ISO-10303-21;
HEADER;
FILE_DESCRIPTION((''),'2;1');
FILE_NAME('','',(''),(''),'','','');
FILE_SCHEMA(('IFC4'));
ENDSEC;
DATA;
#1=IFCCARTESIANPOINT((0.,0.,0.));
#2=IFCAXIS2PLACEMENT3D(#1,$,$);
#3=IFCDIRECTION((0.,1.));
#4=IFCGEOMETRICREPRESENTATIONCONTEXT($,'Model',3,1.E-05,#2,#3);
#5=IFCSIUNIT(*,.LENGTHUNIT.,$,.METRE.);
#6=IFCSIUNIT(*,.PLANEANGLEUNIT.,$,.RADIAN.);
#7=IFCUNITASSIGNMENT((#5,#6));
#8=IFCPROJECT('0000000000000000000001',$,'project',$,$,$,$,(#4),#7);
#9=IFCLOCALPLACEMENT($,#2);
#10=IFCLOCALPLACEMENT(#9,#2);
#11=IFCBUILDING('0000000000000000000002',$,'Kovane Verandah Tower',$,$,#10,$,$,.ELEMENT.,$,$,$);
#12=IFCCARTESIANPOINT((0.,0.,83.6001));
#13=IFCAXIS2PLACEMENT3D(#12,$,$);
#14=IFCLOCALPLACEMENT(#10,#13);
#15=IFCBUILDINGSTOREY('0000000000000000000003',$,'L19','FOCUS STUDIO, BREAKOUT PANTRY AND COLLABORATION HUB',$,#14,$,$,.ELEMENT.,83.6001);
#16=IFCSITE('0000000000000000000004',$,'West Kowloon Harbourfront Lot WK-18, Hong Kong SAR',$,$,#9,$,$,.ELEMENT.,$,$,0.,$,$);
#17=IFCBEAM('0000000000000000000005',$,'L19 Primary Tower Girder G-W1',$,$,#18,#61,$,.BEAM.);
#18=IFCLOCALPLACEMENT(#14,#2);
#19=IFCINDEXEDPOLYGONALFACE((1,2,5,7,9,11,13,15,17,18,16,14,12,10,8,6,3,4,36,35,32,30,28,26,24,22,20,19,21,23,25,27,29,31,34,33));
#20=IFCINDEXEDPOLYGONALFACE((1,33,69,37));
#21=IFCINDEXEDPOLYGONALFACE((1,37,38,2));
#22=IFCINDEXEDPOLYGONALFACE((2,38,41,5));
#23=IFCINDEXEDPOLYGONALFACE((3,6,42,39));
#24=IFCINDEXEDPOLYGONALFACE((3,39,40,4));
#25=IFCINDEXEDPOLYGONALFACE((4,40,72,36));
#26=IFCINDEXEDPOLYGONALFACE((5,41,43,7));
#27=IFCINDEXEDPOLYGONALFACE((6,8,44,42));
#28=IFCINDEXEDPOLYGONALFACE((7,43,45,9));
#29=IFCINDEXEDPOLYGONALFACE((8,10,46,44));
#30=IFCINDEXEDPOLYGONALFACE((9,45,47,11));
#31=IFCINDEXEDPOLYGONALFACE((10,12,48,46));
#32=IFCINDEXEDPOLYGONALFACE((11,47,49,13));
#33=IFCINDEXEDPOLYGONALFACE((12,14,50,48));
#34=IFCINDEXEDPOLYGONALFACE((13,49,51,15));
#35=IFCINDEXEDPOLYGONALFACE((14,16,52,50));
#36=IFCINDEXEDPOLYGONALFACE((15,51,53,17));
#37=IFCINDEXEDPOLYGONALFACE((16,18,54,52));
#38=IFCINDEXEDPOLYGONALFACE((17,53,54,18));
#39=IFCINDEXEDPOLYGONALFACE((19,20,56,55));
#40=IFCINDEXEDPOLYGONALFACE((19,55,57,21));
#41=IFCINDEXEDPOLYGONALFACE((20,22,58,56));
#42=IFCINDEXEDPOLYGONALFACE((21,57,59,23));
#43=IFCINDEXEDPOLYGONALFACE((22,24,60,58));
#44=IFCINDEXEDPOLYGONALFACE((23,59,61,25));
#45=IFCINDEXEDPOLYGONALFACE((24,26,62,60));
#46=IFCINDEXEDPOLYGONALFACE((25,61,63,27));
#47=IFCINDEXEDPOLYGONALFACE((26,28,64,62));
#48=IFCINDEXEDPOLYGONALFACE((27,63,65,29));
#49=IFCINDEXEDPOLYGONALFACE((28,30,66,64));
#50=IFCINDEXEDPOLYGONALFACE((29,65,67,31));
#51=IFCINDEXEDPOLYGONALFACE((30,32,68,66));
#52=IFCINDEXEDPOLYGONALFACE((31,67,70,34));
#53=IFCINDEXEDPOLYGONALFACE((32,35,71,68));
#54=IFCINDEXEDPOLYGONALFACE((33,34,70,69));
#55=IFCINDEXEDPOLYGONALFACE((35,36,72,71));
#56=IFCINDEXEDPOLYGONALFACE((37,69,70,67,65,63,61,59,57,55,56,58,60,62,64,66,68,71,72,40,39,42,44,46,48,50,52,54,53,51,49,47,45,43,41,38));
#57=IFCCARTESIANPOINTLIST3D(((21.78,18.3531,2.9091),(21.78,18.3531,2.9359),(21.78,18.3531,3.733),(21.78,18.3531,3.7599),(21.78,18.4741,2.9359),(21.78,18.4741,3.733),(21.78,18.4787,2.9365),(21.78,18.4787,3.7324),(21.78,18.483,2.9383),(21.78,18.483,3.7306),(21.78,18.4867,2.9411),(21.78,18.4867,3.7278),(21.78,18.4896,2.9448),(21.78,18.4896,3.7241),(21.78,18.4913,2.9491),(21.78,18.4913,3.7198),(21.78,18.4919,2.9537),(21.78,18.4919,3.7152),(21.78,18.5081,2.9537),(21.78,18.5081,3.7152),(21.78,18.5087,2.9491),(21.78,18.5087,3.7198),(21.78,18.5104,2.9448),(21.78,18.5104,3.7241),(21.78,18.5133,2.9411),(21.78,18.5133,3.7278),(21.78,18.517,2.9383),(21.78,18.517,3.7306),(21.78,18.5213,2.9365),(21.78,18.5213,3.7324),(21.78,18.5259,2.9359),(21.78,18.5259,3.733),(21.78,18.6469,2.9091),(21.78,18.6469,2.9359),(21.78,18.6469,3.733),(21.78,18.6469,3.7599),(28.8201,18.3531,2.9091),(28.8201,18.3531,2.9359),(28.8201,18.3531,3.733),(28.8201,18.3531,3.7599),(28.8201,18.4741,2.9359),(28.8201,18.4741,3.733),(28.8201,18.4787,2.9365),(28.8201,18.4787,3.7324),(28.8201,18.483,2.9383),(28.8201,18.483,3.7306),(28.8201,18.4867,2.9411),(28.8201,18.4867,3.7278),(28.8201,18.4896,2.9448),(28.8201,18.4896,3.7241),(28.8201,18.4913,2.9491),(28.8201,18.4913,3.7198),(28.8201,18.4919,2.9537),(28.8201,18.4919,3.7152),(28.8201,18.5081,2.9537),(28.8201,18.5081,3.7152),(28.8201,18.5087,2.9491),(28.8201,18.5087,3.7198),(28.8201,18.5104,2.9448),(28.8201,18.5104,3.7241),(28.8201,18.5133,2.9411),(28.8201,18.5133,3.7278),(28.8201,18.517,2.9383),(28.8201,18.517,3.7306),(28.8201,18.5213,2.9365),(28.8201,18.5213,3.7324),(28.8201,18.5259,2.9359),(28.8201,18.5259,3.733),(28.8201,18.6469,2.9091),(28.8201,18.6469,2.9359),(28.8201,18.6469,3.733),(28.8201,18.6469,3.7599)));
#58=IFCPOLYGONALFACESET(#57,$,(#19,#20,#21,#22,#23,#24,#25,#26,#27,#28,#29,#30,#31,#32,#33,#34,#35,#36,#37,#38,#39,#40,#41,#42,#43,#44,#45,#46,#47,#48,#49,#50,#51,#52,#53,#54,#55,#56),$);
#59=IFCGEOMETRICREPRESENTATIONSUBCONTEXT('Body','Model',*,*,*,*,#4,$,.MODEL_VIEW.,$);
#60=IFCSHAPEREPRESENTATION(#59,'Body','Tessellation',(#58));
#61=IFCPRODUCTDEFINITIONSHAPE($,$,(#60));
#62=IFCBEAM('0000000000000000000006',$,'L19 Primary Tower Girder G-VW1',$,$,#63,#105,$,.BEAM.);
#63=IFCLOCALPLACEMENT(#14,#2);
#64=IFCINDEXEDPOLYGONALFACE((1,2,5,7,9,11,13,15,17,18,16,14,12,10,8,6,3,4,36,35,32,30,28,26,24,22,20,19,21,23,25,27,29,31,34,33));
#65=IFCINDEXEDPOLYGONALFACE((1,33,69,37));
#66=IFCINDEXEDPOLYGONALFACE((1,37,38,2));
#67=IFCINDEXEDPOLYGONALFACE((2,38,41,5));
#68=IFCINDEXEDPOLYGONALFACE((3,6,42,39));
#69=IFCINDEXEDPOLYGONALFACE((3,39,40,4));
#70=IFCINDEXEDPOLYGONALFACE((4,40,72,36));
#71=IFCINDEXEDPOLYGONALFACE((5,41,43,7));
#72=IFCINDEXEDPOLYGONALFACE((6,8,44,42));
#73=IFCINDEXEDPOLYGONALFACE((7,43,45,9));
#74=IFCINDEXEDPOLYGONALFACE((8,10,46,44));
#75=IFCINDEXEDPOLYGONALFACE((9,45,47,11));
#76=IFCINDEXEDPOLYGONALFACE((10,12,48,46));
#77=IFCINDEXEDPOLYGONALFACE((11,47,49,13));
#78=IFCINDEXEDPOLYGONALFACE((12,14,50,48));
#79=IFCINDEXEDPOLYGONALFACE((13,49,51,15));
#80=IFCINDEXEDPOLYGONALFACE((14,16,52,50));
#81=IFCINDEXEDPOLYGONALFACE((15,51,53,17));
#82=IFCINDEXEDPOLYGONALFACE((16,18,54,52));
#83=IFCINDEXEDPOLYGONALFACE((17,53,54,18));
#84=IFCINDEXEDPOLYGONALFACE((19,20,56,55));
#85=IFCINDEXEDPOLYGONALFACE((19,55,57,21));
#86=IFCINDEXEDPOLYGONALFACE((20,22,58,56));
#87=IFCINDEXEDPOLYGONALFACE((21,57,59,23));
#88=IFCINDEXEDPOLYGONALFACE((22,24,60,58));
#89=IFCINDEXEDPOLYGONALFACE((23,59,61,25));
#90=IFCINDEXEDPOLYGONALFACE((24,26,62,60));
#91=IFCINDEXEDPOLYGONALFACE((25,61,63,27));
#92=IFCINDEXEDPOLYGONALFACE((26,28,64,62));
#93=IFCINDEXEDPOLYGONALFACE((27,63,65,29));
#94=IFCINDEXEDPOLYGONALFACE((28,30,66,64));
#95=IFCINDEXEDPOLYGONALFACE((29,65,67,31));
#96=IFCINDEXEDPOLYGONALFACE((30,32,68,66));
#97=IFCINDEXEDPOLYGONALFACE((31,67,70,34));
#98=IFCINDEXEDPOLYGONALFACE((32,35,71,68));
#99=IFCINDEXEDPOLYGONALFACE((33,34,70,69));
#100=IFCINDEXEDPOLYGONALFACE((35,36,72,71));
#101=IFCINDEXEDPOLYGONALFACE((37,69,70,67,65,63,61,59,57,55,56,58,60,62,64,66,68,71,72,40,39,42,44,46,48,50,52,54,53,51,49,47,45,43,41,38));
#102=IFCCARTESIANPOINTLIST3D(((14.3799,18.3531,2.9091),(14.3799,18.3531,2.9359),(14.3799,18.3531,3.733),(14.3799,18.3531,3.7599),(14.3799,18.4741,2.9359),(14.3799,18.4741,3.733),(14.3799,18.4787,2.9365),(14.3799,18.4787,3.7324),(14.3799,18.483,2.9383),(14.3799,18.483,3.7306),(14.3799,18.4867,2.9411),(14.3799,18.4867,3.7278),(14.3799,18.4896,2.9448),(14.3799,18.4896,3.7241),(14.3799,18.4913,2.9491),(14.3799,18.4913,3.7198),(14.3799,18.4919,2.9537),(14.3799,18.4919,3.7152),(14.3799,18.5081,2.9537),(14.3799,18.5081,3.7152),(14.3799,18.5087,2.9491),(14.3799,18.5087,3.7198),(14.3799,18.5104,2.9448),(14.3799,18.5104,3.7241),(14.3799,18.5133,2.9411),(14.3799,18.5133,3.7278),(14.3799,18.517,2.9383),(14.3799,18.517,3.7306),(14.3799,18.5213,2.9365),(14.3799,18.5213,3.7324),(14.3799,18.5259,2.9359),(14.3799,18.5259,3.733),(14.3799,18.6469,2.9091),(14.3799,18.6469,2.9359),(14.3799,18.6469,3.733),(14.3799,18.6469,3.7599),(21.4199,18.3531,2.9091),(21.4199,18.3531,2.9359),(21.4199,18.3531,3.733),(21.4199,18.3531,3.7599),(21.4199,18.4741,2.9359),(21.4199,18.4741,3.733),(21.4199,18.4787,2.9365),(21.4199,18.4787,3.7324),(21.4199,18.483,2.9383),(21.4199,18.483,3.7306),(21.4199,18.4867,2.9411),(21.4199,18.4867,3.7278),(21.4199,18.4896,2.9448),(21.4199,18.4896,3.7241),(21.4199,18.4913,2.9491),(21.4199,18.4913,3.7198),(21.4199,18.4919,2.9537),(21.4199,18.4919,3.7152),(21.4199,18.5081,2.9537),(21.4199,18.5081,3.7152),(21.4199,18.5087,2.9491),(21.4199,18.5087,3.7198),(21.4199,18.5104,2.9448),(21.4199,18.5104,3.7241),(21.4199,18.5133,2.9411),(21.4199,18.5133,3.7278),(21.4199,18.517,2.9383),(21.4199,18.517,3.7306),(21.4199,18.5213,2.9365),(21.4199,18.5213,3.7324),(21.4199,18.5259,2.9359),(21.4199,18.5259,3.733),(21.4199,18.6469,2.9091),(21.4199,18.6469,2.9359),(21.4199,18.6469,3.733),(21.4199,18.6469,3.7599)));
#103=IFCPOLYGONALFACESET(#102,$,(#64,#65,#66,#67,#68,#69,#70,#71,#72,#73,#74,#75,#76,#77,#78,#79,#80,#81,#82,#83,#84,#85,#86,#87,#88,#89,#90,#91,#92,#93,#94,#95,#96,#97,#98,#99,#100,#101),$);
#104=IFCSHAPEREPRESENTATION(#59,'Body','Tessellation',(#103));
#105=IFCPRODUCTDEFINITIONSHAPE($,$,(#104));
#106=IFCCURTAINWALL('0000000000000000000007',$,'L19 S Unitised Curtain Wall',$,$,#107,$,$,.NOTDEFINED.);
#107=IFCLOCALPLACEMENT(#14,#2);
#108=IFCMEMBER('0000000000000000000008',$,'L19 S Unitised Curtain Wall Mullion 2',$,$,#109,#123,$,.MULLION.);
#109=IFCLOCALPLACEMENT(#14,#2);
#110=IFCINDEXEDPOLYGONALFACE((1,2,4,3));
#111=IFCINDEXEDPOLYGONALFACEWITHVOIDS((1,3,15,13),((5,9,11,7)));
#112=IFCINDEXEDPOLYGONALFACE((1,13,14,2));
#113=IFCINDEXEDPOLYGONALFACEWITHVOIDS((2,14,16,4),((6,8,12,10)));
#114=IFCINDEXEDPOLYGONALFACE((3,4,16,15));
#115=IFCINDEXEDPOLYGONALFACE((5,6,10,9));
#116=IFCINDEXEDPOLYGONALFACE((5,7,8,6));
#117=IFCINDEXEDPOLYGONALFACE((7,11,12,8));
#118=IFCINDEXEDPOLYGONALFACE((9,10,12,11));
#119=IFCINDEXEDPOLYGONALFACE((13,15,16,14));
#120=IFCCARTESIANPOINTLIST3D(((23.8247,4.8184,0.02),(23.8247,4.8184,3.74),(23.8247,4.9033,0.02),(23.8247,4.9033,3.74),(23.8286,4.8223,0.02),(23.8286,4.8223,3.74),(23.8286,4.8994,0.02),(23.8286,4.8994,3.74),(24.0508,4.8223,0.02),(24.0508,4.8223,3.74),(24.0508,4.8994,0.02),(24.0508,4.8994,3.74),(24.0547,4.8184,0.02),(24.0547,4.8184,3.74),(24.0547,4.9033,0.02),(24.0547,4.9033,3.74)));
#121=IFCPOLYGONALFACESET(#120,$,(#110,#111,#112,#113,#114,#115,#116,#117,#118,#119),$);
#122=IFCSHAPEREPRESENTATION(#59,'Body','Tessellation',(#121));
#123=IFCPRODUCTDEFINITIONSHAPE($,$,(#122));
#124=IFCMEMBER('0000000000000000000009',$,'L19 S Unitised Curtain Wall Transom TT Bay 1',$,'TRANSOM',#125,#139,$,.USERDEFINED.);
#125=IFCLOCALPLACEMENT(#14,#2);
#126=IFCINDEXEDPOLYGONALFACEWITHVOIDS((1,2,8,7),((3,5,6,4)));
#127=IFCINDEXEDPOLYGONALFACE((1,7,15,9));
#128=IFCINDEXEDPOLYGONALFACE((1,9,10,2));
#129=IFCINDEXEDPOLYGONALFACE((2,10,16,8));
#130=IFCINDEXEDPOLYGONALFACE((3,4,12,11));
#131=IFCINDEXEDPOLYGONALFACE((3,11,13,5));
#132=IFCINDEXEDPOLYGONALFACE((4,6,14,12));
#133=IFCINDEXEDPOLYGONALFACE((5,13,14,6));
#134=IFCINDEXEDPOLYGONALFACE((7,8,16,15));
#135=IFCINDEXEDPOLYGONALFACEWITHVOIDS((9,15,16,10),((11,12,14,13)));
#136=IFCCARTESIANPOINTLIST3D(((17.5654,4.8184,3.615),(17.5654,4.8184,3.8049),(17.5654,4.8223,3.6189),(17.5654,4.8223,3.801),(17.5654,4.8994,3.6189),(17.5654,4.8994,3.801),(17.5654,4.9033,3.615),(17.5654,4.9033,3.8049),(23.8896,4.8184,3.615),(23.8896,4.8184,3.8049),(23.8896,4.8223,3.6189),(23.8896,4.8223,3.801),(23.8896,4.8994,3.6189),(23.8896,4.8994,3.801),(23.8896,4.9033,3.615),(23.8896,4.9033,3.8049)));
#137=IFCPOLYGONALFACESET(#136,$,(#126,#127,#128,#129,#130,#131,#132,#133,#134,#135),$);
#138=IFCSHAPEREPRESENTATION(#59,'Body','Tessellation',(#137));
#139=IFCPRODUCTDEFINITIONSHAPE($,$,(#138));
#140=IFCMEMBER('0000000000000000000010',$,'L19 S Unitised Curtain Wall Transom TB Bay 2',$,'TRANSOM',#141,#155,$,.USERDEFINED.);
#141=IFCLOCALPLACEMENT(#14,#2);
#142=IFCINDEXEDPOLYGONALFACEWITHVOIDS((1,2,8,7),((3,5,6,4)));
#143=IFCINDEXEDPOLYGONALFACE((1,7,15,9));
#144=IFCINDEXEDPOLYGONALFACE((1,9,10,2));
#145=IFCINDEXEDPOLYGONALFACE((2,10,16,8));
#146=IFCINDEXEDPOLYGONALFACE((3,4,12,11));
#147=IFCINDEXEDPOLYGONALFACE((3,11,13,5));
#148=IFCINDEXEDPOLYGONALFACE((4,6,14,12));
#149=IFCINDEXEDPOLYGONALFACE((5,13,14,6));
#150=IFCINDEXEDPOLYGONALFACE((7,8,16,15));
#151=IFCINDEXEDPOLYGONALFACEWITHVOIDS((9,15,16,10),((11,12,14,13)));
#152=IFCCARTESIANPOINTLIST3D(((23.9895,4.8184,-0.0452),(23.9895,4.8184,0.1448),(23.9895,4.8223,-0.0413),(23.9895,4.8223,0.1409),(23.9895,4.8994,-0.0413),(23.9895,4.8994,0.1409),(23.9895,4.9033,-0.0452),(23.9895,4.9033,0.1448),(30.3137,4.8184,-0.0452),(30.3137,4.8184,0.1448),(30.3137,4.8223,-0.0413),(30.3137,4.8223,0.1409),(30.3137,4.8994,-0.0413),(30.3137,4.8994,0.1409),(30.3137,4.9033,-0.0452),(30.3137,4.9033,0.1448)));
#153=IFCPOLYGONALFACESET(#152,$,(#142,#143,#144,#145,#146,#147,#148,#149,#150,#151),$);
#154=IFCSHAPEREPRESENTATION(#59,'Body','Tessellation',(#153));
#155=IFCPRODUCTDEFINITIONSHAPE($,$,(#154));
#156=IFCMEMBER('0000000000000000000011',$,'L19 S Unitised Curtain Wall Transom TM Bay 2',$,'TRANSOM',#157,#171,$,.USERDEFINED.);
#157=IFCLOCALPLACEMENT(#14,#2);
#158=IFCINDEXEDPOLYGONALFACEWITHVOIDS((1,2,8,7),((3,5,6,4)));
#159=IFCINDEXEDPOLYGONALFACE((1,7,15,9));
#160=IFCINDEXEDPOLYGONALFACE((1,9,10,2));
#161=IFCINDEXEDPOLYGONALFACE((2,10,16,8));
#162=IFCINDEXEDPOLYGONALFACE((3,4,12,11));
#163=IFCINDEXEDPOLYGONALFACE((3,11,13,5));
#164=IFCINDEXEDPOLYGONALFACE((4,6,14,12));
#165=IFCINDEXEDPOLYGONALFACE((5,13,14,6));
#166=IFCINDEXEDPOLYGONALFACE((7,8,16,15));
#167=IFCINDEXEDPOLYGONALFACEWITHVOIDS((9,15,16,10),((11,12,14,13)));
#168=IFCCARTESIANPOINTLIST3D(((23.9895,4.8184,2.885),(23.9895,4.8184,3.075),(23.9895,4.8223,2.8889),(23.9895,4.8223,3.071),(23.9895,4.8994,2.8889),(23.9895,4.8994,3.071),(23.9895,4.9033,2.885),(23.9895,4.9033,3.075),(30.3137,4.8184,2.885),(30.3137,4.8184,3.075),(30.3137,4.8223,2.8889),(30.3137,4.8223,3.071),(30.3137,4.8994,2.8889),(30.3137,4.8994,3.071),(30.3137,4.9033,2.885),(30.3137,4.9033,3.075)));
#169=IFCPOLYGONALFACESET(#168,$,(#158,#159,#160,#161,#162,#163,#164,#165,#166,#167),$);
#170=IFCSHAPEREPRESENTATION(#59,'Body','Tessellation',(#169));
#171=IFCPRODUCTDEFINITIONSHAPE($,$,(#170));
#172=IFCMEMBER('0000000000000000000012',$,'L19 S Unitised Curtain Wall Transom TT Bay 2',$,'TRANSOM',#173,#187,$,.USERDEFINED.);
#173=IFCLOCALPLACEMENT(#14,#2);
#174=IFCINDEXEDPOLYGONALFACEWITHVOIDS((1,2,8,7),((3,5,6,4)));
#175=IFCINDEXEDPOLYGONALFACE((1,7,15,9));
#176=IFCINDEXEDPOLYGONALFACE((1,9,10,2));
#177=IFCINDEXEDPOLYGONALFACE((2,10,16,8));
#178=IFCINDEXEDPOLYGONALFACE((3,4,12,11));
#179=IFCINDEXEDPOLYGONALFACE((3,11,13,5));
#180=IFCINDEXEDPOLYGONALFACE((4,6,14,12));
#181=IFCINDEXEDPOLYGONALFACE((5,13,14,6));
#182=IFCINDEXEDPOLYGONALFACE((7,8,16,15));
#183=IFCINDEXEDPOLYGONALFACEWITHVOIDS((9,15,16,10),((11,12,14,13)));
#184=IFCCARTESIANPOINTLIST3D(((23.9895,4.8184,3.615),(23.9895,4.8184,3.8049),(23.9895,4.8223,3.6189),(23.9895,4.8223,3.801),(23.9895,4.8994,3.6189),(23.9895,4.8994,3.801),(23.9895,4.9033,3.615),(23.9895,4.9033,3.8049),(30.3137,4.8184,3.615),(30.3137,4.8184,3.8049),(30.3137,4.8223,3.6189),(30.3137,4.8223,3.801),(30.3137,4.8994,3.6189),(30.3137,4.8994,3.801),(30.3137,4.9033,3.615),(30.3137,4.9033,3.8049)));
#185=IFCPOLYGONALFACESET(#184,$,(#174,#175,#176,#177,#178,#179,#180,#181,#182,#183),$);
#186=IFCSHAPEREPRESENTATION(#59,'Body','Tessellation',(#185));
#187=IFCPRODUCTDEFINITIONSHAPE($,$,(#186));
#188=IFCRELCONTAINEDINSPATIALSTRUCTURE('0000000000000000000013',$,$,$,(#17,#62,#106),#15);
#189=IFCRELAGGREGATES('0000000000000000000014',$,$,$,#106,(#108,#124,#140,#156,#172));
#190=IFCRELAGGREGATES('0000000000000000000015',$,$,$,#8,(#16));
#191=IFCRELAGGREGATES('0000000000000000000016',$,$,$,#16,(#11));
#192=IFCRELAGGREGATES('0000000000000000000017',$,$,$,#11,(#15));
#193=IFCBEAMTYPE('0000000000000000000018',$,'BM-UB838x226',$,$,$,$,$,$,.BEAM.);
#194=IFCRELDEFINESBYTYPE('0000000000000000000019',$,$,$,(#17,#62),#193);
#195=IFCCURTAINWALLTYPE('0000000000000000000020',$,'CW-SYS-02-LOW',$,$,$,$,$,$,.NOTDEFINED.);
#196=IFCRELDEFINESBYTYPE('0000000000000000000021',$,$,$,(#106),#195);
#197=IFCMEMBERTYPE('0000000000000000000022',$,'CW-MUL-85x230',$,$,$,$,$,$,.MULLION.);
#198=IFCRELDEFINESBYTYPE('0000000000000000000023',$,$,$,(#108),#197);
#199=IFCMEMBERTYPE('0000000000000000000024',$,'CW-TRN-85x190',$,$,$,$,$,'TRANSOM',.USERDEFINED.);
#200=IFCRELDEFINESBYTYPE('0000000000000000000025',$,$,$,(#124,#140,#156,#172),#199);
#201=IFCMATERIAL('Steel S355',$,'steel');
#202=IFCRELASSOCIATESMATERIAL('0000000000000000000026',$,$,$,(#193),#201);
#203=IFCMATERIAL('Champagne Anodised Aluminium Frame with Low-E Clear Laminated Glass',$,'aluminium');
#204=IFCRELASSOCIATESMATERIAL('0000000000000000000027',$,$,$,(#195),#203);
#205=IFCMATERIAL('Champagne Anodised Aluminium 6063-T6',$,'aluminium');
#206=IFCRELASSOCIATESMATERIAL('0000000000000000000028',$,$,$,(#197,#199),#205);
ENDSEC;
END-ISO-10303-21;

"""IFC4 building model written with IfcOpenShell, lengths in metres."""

from ifc_helpers import new_model, si_unit, direction, frame, origin, origin_2d, place, context, subcontext, project, spatial, hollow_rectangle, i_section, extrude, material, material_profile, profile_set, type_object, element, aggregate, save


model = new_model("IFC4")

# Units and contexts
model_context = context("Model", 3, precision=1e-05, world=origin(), true_north=direction((0.0, 1.0)))
body_context = subcontext(model_context, "Body", "Model", "MODEL_VIEW")
ifc_project = project(units=[si_unit("LENGTHUNIT", "METRE"), si_unit("PLANEANGLEUNIT", "RADIAN")], contexts=[model_context])

# Site, building, storey
site_placement = place(None, origin())
site = spatial("IfcSite", under=ifc_project, at=site_placement, Name="West Kowloon Harbourfront Lot WK-18, Hong Kong SAR", CompositionType="ELEMENT", RefElevation=0.0)
building_placement = place(site_placement, origin())
building = spatial("IfcBuilding", under=site, at=building_placement, Name="Kovane Verandah Tower", CompositionType="ELEMENT")
storey_placement = place(building_placement, frame((0.0, 0.0, 83.6001)))
storey = spatial("IfcBuildingStorey", under=building, at=storey_placement, Name="L19", Description="FOCUS STUDIO, BREAKOUT PANTRY AND COLLABORATION HUB", CompositionType="ELEMENT", Elevation=83.6001)

# Beams
ifc_material_1 = material(Name="Steel S355", Category="steel")
ifc_material_profile_1 = material_profile(ifc_material_1, i_section(OverallWidth=0.2937, OverallDepth=0.8508, WebThickness=0.0161, FlangeThickness=0.0269, FilletRadius=0.0178, at=origin_2d()), Name="UB838x292x226")
ifc_profile_set_1 = profile_set([ifc_material_profile_1], Name="Steel S355")
beam_type_1 = type_object("IfcBeamType", Name="BM-UB838x226", PredefinedType="BEAM", material=ifc_profile_set_1)
for number, where, z_axis, x_axis, name in (
    (1, (28.8201, 18.5, 3.3345), (-1.0, 0.0, 0.0), (0.0, -1.0, 0.0), "L19 Primary Tower Girder G-W1"),
    (2, (21.4199, 18.5, 3.3345), (-1.0, 0.0, 0.0), (0.0, -1.0, 0.0), "L19 Primary Tower Girder G-VW1"),
):
    element("IfcBeam", number, at=place(storey_placement, frame(where, z_axis=z_axis, x_axis=x_axis)), inside=storey, type_object=beam_type_1, Name=name, PredefinedType="BEAM", context=body_context, shape_type="SweptSolid", body=[
        extrude(i_section(OverallWidth=0.2937, OverallDepth=0.8508, WebThickness=0.0161, FlangeThickness=0.0269, FilletRadius=0.0178, at=origin_2d()), origin(), (0.0, 0.0, 1.0), 7.04),
    ])

# Curtain wall, members
ifc_material_2 = material(Name="Champagne Anodised Aluminium Frame with Low-E Clear Laminated Glass", Category="aluminium")
curtain_wall_type = type_object("IfcCurtainWallType", Name="CW-SYS-02-LOW", PredefinedType="NOTDEFINED", material=ifc_material_2)
curtain_wall_placement = place(storey_placement, origin())
curtain_wall = element("IfcCurtainWall", 3, at=curtain_wall_placement, inside=storey, type_object=curtain_wall_type, Name="L19 S Unitised Curtain Wall", PredefinedType="NOTDEFINED")
ifc_material_3 = material(Name="Champagne Anodised Aluminium 6063-T6", Category="aluminium")
ifc_material_profile_2 = material_profile(ifc_material_3, hollow_rectangle(XDim=0.085, YDim=0.23, WallThickness=0.0039, at=origin_2d()), Name="AL85x230x4")
ifc_profile_set_2 = profile_set([ifc_material_profile_2], Name="Champagne Anodised Aluminium 6063-T6")
member_type_1 = type_object("IfcMemberType", Name="CW-MUL-85x230", PredefinedType="MULLION", material=ifc_profile_set_2)
member_1_placement = place(storey_placement, frame((23.9397, 4.8608, 0.02), z_axis=(0.0, 0.0, 1.0), x_axis=(0.0, -1.0, 0.0)))
member_1 = element("IfcMember", 4, at=member_1_placement, type_object=member_type_1, Name="L19 S Unitised Curtain Wall Mullion 2", PredefinedType="MULLION", context=body_context, shape_type="SweptSolid", body=[
    extrude(hollow_rectangle(XDim=0.085, YDim=0.23, WallThickness=0.0039, at=origin_2d()), origin(), (0.0, 0.0, 1.0), 3.72),
])
ifc_material_profile_3 = material_profile(ifc_material_3, hollow_rectangle(XDim=0.085, YDim=0.1899, WallThickness=0.0039, at=origin_2d()), Name="AL85x190x4")
ifc_profile_set_3 = profile_set([ifc_material_profile_3], Name="Champagne Anodised Aluminium 6063-T6")
member_type_2 = type_object("IfcMemberType", Name="CW-TRN-85x190", ElementType="TRANSOM", PredefinedType="USERDEFINED", material=ifc_profile_set_3)
member_2_placement = place(storey_placement, frame((17.5654, 4.8608, 3.71), z_axis=(1.0, 0.0, 0.0), x_axis=(0.0, 1.0, 0.0)))
member_2 = element("IfcMember", 5, at=member_2_placement, type_object=member_type_2, Name="L19 S Unitised Curtain Wall Transom TT Bay 1", ObjectType="TRANSOM", PredefinedType="USERDEFINED", context=body_context, shape_type="SweptSolid", body=[
    extrude(hollow_rectangle(XDim=0.085, YDim=0.1899, WallThickness=0.0039, at=origin_2d()), origin(), (0.0, 0.0, 1.0), 6.3242),
])
member_3_placement = place(storey_placement, frame((23.9895, 4.8608, 0.0498), z_axis=(1.0, 0.0, 0.0), x_axis=(0.0, 1.0, 0.0)))
member_3 = element("IfcMember", 6, at=member_3_placement, type_object=member_type_2, Name="L19 S Unitised Curtain Wall Transom TB Bay 2", ObjectType="TRANSOM", PredefinedType="USERDEFINED", context=body_context, shape_type="SweptSolid", body=[
    extrude(hollow_rectangle(XDim=0.085, YDim=0.1899, WallThickness=0.0039, at=origin_2d()), origin(), (0.0, 0.0, 1.0), 6.3242),
])
member_4_placement = place(storey_placement, frame((23.9895, 4.8608, 2.98), z_axis=(1.0, 0.0, 0.0), x_axis=(0.0, 1.0, 0.0)))
member_4 = element("IfcMember", 7, at=member_4_placement, type_object=member_type_2, Name="L19 S Unitised Curtain Wall Transom TM Bay 2", ObjectType="TRANSOM", PredefinedType="USERDEFINED", context=body_context, shape_type="SweptSolid", body=[
    extrude(hollow_rectangle(XDim=0.085, YDim=0.1899, WallThickness=0.0039, at=origin_2d()), origin(), (0.0, 0.0, 1.0), 6.3242),
])
member_5_placement = place(storey_placement, frame((23.9895, 4.8608, 3.71), z_axis=(1.0, 0.0, 0.0), x_axis=(0.0, 1.0, 0.0)))
member_5 = element("IfcMember", 8, at=member_5_placement, type_object=member_type_2, Name="L19 S Unitised Curtain Wall Transom TT Bay 2", ObjectType="TRANSOM", PredefinedType="USERDEFINED", context=body_context, shape_type="SweptSolid", body=[
    extrude(hollow_rectangle(XDim=0.085, YDim=0.1899, WallThickness=0.0039, at=origin_2d()), origin(), (0.0, 0.0, 1.0), 6.3242),
])

aggregate(curtain_wall, [member_1, member_2, member_3, member_4, member_5])

save(model, "model.ifc")
